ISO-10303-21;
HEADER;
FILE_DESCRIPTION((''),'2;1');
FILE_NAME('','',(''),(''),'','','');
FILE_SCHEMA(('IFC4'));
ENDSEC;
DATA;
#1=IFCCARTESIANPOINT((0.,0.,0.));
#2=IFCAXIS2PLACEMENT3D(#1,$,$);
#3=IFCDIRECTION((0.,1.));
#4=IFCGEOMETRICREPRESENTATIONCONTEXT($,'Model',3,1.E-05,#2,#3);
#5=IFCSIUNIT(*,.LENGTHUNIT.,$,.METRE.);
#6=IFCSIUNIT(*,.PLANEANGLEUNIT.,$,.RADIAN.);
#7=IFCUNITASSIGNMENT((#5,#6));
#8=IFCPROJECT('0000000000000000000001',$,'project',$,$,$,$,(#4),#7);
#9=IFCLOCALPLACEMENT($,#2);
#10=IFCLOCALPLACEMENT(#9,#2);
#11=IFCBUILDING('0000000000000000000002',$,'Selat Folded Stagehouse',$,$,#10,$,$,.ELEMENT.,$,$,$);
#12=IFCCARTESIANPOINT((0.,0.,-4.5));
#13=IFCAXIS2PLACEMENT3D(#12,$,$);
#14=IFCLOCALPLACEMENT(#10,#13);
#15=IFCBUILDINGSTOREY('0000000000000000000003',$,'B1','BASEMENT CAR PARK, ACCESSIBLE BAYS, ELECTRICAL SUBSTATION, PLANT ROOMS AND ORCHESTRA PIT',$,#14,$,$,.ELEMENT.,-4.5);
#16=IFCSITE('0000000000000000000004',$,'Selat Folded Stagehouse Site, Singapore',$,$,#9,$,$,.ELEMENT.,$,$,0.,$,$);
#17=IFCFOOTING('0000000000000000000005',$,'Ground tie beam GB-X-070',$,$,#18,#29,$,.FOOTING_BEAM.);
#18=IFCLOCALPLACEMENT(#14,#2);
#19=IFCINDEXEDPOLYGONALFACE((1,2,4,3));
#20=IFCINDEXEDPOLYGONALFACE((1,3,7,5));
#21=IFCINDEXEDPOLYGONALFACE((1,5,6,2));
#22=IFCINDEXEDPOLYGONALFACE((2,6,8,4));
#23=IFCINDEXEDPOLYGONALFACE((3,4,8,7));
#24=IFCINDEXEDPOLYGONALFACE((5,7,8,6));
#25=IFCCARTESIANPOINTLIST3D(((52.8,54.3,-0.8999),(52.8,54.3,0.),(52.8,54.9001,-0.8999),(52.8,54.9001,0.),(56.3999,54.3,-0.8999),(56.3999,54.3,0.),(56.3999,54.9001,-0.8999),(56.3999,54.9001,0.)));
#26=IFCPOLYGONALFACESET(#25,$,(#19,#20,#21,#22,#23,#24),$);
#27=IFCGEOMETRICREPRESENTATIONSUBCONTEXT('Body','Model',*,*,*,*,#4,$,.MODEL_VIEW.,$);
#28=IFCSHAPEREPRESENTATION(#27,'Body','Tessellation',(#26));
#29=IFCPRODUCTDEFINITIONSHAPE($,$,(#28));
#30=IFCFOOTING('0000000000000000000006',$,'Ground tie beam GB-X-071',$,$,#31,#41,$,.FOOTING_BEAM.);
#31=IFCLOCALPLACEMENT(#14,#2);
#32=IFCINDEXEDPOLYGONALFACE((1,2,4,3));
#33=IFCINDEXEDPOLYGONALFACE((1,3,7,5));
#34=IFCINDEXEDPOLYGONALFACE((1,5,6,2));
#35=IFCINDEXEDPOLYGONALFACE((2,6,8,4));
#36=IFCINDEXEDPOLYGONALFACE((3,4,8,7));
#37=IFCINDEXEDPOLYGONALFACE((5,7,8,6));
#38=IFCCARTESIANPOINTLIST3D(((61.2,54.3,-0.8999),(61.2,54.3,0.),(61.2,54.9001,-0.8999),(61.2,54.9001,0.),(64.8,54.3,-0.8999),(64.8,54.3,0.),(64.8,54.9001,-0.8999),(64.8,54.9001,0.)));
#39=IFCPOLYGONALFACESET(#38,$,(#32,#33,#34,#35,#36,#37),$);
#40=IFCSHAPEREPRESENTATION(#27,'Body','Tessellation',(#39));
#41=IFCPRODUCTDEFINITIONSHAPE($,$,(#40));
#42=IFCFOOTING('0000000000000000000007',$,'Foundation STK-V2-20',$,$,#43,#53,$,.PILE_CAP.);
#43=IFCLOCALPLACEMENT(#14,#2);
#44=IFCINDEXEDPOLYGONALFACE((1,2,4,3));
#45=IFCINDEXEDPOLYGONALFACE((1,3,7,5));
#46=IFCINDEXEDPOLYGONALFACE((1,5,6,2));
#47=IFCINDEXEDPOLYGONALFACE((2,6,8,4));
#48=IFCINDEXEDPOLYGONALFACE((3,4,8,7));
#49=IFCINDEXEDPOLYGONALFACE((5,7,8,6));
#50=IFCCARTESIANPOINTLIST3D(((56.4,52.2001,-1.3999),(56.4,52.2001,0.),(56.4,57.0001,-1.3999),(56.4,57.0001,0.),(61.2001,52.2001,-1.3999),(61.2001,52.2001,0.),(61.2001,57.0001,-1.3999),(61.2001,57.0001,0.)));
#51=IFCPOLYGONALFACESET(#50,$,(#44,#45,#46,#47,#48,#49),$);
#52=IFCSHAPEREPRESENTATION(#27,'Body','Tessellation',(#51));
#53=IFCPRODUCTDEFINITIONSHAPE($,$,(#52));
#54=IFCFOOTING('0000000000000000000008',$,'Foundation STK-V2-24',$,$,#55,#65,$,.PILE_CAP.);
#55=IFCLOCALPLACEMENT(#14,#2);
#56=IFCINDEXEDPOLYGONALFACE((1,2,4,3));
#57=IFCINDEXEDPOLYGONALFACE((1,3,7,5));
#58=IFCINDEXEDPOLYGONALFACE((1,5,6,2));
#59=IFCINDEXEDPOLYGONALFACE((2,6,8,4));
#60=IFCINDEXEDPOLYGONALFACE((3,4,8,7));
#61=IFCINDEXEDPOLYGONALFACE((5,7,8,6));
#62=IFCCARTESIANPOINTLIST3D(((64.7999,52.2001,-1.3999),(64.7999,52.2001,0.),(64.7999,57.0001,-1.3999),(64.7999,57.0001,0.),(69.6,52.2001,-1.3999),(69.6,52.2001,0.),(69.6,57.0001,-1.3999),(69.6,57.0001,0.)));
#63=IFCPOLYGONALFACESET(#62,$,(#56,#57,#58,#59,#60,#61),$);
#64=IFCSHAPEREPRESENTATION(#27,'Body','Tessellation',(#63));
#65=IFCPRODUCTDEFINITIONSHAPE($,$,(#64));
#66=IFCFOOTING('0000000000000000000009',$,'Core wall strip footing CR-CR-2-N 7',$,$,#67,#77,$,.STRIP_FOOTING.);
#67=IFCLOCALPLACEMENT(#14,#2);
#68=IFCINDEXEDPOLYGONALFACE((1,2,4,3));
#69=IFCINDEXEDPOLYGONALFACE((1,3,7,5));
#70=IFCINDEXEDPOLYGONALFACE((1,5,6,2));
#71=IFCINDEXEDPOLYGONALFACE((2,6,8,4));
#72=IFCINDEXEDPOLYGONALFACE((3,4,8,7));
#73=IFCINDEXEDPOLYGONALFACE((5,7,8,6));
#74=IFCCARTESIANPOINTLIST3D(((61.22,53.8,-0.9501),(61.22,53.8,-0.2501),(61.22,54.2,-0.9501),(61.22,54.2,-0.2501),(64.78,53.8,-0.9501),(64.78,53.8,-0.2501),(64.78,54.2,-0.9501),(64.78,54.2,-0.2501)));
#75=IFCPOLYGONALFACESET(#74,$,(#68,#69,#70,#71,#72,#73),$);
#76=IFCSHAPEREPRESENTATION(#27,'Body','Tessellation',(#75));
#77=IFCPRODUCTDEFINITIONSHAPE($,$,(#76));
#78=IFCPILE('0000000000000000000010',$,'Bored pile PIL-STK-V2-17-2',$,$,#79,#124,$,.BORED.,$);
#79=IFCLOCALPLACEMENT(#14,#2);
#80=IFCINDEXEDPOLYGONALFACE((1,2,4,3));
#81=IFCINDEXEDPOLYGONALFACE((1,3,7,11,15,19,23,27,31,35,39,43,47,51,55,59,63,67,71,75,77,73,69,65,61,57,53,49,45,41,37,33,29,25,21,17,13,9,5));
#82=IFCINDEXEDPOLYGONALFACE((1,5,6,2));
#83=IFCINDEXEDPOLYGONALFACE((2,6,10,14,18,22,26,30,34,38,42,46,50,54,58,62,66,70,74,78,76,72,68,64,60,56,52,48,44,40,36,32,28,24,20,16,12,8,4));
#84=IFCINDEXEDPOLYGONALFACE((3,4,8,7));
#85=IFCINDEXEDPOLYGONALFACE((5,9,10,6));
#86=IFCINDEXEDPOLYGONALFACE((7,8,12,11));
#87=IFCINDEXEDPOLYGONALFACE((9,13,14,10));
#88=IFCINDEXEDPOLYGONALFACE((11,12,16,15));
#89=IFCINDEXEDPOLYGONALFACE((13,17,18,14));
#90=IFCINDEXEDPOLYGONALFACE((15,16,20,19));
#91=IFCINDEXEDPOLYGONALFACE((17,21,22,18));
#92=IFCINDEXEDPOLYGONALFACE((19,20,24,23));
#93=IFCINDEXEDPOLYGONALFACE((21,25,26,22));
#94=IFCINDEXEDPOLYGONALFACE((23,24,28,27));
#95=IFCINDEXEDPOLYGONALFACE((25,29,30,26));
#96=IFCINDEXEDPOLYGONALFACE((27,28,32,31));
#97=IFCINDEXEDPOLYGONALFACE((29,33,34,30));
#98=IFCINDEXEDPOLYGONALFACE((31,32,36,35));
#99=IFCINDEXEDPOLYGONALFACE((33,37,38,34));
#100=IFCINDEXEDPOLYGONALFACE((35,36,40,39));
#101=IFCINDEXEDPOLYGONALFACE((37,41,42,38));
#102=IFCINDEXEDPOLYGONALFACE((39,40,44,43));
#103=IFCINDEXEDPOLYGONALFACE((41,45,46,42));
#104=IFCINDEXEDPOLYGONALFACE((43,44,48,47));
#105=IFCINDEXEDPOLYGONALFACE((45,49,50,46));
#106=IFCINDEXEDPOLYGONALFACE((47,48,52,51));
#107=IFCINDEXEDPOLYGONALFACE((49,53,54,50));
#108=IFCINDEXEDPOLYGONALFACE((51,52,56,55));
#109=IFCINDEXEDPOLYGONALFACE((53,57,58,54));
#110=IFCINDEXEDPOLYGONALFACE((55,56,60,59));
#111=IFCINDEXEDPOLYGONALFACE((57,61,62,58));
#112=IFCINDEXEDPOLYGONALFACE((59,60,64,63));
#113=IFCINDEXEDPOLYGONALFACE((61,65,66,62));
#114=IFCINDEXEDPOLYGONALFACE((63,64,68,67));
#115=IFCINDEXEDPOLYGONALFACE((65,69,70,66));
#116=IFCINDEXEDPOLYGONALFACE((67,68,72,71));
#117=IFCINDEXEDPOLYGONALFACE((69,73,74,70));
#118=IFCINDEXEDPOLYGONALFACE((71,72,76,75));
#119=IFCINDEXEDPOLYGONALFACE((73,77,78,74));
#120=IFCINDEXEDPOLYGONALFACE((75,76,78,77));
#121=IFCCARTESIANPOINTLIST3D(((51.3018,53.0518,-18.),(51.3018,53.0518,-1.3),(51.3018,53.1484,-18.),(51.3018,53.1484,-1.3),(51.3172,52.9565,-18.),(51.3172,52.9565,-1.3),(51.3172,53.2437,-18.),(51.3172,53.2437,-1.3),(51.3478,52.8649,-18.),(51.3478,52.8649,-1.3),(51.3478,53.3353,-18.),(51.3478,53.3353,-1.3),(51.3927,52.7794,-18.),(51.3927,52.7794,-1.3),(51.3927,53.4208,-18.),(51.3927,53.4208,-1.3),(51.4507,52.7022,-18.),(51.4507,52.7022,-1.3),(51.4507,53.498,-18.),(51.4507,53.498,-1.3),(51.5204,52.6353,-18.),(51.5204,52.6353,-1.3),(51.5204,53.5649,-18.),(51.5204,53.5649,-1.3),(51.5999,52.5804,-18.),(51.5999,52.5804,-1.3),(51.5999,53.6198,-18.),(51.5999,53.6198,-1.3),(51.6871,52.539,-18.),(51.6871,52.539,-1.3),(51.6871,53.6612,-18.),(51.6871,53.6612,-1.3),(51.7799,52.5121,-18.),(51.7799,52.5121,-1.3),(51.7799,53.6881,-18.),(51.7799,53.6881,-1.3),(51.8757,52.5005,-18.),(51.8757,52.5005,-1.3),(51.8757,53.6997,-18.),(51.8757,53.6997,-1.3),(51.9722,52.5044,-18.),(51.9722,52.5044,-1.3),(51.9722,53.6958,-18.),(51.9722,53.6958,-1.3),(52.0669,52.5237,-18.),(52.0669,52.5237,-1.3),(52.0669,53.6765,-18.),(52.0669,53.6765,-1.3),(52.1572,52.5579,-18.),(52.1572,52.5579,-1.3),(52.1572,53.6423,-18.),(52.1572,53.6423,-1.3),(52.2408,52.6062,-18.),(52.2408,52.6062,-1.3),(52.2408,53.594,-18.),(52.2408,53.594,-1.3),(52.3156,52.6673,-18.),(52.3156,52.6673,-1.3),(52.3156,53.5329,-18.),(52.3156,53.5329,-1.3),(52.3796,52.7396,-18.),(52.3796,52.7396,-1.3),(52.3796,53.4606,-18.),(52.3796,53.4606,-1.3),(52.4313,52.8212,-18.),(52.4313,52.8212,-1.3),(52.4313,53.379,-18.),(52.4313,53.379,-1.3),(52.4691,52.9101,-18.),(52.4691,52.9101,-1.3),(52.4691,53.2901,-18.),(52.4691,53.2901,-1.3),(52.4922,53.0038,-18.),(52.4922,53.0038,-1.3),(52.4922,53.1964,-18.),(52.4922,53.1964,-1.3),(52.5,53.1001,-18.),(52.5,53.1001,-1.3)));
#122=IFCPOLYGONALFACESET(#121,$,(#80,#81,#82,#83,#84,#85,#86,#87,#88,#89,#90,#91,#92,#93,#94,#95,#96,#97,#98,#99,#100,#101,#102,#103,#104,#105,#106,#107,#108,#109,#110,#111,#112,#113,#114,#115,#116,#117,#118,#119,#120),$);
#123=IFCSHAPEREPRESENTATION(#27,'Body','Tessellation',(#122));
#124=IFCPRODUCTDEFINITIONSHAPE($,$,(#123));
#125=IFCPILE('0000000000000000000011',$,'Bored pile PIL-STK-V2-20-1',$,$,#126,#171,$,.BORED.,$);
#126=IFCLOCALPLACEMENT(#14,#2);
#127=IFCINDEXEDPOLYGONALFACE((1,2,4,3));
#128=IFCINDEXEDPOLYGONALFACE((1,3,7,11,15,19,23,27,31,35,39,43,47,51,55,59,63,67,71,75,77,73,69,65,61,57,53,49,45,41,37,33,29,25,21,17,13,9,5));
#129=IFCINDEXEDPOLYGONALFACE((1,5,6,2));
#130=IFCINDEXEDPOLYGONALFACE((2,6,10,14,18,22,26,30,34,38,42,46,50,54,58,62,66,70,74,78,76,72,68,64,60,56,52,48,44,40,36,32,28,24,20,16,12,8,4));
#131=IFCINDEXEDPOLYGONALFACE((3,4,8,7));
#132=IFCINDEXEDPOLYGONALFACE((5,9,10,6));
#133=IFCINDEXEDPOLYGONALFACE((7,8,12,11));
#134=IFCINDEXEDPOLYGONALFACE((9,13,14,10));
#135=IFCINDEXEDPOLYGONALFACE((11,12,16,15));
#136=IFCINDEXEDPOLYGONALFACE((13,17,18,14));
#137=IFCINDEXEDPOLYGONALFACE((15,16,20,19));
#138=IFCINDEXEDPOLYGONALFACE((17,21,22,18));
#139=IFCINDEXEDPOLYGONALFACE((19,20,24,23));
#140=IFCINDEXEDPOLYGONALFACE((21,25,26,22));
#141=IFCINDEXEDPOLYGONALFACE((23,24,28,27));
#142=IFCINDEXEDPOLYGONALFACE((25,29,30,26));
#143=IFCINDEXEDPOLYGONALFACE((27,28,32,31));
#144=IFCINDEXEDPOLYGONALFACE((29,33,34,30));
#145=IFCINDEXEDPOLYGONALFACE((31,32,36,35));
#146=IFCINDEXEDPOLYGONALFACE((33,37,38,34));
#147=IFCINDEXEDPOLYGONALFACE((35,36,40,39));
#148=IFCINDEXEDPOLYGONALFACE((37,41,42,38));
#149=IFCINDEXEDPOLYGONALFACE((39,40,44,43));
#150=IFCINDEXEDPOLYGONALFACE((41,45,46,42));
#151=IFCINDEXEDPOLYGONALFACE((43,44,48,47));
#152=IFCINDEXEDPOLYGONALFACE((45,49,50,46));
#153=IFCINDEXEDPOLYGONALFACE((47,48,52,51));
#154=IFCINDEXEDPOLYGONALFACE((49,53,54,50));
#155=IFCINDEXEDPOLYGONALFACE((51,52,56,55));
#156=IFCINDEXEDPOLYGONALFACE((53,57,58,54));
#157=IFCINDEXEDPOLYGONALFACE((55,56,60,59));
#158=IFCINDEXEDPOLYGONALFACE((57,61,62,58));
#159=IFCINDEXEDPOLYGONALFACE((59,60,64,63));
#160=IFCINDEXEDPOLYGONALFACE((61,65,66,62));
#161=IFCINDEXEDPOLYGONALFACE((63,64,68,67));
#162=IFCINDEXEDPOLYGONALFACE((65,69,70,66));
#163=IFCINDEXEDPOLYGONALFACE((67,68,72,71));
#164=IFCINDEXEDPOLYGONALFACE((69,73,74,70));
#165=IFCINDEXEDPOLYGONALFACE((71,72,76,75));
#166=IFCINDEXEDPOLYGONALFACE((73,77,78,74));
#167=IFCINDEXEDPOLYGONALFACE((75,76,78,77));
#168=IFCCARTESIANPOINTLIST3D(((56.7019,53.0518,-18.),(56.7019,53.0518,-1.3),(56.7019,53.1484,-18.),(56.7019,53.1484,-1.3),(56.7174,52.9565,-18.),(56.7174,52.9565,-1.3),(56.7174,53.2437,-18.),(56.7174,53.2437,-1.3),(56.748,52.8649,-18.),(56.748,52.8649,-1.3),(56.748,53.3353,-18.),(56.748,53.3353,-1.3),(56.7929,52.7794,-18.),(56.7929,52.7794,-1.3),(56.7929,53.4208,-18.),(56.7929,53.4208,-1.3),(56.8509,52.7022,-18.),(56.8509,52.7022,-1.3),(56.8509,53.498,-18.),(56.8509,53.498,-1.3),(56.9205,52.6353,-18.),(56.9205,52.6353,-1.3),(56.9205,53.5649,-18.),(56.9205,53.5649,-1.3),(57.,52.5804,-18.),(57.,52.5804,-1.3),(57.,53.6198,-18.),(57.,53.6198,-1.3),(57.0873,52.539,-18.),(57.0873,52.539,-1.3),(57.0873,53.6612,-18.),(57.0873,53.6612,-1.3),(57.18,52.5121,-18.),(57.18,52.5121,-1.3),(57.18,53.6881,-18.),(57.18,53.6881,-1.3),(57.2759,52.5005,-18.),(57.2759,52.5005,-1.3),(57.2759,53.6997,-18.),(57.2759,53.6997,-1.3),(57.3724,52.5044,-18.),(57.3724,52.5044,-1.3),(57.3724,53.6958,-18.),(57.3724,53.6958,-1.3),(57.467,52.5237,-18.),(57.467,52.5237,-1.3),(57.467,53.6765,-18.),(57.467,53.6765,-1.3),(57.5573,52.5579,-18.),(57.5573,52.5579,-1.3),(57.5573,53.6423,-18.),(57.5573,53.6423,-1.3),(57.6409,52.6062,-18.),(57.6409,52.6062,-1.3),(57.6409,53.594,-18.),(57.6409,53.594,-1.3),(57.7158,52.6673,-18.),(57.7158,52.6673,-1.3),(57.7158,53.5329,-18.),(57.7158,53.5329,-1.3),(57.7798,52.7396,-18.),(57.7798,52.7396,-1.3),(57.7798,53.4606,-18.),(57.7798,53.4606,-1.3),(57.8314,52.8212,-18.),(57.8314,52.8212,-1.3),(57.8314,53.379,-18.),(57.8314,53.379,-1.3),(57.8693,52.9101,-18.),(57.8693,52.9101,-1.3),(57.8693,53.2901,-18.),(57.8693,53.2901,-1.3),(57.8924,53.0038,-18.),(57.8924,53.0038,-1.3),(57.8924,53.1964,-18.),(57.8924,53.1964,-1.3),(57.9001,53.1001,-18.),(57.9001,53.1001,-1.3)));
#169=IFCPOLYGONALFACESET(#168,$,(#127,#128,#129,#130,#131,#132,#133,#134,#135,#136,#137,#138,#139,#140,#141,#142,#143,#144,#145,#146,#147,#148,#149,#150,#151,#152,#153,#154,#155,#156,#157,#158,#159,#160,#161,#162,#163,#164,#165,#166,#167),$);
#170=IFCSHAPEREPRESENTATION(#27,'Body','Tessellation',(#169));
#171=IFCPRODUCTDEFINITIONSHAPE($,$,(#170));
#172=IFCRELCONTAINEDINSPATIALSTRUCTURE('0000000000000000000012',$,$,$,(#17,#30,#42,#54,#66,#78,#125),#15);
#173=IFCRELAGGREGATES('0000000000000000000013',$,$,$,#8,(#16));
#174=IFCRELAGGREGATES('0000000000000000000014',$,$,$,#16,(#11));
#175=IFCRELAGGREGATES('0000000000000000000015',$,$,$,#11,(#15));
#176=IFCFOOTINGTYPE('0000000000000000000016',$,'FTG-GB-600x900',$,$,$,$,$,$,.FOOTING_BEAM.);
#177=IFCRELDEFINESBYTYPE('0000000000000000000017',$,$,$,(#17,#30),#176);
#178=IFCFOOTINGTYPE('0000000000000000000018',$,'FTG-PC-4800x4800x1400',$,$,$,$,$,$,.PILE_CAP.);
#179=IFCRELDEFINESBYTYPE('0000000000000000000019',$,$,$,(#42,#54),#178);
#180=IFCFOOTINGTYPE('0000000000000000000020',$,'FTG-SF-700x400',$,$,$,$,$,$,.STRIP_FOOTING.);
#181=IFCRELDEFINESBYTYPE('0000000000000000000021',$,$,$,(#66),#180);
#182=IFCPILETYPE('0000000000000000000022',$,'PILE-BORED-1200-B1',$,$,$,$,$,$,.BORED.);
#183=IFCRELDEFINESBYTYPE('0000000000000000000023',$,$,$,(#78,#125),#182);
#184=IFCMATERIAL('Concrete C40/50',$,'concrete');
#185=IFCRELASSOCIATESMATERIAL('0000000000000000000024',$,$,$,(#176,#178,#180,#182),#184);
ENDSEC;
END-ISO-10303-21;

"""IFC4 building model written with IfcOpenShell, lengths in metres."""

from ifc_helpers import new_model, si_unit, direction, frame, origin, origin_2d, place, context, subcontext, project, spatial, rectangle, circle, extrude, material, material_profile, profile_set, type_object, element, save


model = new_model("IFC4")

# Units and contexts
model_context = context("Model", 3, precision=1e-05, world=origin(), true_north=direction((0.0, 1.0)))
body_context = subcontext(model_context, "Body", "Model", "MODEL_VIEW")
ifc_project = project(units=[si_unit("LENGTHUNIT", "METRE"), si_unit("PLANEANGLEUNIT", "RADIAN")], contexts=[model_context])

# Site, building, storey
site_placement = place(None, origin())
site = spatial("IfcSite", under=ifc_project, at=site_placement, Name="Selat Folded Stagehouse Site, Singapore", CompositionType="ELEMENT", RefElevation=0.0)
building_placement = place(site_placement, origin())
building = spatial("IfcBuilding", under=site, at=building_placement, Name="Selat Folded Stagehouse", CompositionType="ELEMENT")
storey_placement = place(building_placement, frame((0.0, 0.0, -4.5)))
storey = spatial("IfcBuildingStorey", under=building, at=storey_placement, Name="B1", Description="BASEMENT CAR PARK, ACCESSIBLE BAYS, ELECTRICAL SUBSTATION, PLANT ROOMS AND ORCHESTRA PIT", CompositionType="ELEMENT", Elevation=-4.5)

# Footings
ifc_material_1 = material(Name="Concrete C40/50", Category="concrete")
ifc_material_profile_1 = material_profile(ifc_material_1, rectangle(XDim=0.6001, YDim=0.8999, at=origin_2d()), Name="RC 900x600")
ifc_profile_set_1 = profile_set([ifc_material_profile_1], Name="Concrete C40/50")
footing_type_1 = type_object("IfcFootingType", Name="FTG-GB-600x900", PredefinedType="FOOTING_BEAM", material=ifc_profile_set_1)
footing_1_placement = place(storey_placement, frame((52.8, 54.6001, -0.45), z_axis=(1.0, 0.0, 0.0), x_axis=(0.0, 1.0, 0.0)))
element("IfcFooting", 1, at=footing_1_placement, inside=storey, type_object=footing_type_1, Name="Ground tie beam GB-X-070", PredefinedType="FOOTING_BEAM", context=body_context, shape_type="SweptSolid", body=[
    extrude(rectangle(XDim=0.6001, YDim=0.8999, at=origin_2d()), origin(), (0.0, 0.0, 1.0), 3.5999),
])
footing_2_placement = place(storey_placement, frame((61.2, 54.6001, -0.45), z_axis=(1.0, 0.0, 0.0), x_axis=(0.0, 1.0, 0.0)))
element("IfcFooting", 2, at=footing_2_placement, inside=storey, type_object=footing_type_1, Name="Ground tie beam GB-X-071", PredefinedType="FOOTING_BEAM", context=body_context, shape_type="SweptSolid", body=[
    extrude(rectangle(XDim=0.6001, YDim=0.8999, at=origin_2d()), origin(), (0.0, 0.0, 1.0), 3.6001),
])
footing_type_2 = type_object("IfcFootingType", Name="FTG-PC-4800x4800x1400", PredefinedType="PILE_CAP", material=ifc_material_1)
for number, where, z_axis, x_axis, name in (
    (3, (58.8, 54.6001, -1.3999), (0.0, 0.0, 1.0), (1.0, 0.0, 0.0), "Foundation STK-V2-20"),
    (4, (67.2, 54.6001, -1.3999), (0.0, 0.0, 1.0), (1.0, 0.0, 0.0), "Foundation STK-V2-24"),
):
    element("IfcFooting", number, at=place(storey_placement, frame(where, z_axis=z_axis, x_axis=x_axis)), inside=storey, type_object=footing_type_2, Name=name, PredefinedType="PILE_CAP", context=body_context, shape_type="SweptSolid", body=[
        extrude(rectangle(XDim=4.8, YDim=4.8, at=origin_2d()), origin(), (0.0, 0.0, 1.0), 1.3999),
    ])
ifc_material_profile_2 = material_profile(ifc_material_1, rectangle(XDim=0.3999, YDim=0.7, at=origin_2d()), Name="RC 700x400")
ifc_profile_set_2 = profile_set([ifc_material_profile_2], Name="Concrete C40/50")
footing_type_3 = type_object("IfcFootingType", Name="FTG-SF-700x400", PredefinedType="STRIP_FOOTING", material=ifc_profile_set_2)
footing_3_placement = place(storey_placement, frame((61.22, 54.0, -0.6001), z_axis=(1.0, 0.0, 0.0), x_axis=(0.0, 1.0, 0.0)))
element("IfcFooting", 5, at=footing_3_placement, inside=storey, type_object=footing_type_3, Name="Core wall strip footing CR-CR-2-N 7", PredefinedType="STRIP_FOOTING", context=body_context, shape_type="SweptSolid", body=[
    extrude(rectangle(XDim=0.3999, YDim=0.7, at=origin_2d()), origin(), (0.0, 0.0, 1.0), 3.5601),
])

# Piles
ifc_material_profile_3 = material_profile(ifc_material_1, circle(Radius=0.6001, at=origin_2d()), Name="PILE D1200")
ifc_profile_set_3 = profile_set([ifc_material_profile_3], Name="Concrete C40/50")
pile_type = type_object("IfcPileType", Name="PILE-BORED-1200-B1", PredefinedType="BORED", material=ifc_profile_set_3)
for number, where, z_axis, x_axis, name in (
    (6, (51.8999, 53.1001, -1.3), (0.0, 0.0, -1.0), (1.0, 0.0, 0.0), "Bored pile PIL-STK-V2-17-2"),
    (7, (57.3, 53.1001, -1.3), (0.0, 0.0, -1.0), (1.0, 0.0, 0.0), "Bored pile PIL-STK-V2-20-1"),
):
    element("IfcPile", number, at=place(storey_placement, frame(where, z_axis=z_axis, x_axis=x_axis)), inside=storey, type_object=pile_type, Name=name, PredefinedType="BORED", context=body_context, shape_type="SweptSolid", body=[
        extrude(circle(Radius=0.6001, at=origin_2d()), origin(), (0.0, 0.0, 1.0), 16.7),
    ])

save(model, "model.ifc")
